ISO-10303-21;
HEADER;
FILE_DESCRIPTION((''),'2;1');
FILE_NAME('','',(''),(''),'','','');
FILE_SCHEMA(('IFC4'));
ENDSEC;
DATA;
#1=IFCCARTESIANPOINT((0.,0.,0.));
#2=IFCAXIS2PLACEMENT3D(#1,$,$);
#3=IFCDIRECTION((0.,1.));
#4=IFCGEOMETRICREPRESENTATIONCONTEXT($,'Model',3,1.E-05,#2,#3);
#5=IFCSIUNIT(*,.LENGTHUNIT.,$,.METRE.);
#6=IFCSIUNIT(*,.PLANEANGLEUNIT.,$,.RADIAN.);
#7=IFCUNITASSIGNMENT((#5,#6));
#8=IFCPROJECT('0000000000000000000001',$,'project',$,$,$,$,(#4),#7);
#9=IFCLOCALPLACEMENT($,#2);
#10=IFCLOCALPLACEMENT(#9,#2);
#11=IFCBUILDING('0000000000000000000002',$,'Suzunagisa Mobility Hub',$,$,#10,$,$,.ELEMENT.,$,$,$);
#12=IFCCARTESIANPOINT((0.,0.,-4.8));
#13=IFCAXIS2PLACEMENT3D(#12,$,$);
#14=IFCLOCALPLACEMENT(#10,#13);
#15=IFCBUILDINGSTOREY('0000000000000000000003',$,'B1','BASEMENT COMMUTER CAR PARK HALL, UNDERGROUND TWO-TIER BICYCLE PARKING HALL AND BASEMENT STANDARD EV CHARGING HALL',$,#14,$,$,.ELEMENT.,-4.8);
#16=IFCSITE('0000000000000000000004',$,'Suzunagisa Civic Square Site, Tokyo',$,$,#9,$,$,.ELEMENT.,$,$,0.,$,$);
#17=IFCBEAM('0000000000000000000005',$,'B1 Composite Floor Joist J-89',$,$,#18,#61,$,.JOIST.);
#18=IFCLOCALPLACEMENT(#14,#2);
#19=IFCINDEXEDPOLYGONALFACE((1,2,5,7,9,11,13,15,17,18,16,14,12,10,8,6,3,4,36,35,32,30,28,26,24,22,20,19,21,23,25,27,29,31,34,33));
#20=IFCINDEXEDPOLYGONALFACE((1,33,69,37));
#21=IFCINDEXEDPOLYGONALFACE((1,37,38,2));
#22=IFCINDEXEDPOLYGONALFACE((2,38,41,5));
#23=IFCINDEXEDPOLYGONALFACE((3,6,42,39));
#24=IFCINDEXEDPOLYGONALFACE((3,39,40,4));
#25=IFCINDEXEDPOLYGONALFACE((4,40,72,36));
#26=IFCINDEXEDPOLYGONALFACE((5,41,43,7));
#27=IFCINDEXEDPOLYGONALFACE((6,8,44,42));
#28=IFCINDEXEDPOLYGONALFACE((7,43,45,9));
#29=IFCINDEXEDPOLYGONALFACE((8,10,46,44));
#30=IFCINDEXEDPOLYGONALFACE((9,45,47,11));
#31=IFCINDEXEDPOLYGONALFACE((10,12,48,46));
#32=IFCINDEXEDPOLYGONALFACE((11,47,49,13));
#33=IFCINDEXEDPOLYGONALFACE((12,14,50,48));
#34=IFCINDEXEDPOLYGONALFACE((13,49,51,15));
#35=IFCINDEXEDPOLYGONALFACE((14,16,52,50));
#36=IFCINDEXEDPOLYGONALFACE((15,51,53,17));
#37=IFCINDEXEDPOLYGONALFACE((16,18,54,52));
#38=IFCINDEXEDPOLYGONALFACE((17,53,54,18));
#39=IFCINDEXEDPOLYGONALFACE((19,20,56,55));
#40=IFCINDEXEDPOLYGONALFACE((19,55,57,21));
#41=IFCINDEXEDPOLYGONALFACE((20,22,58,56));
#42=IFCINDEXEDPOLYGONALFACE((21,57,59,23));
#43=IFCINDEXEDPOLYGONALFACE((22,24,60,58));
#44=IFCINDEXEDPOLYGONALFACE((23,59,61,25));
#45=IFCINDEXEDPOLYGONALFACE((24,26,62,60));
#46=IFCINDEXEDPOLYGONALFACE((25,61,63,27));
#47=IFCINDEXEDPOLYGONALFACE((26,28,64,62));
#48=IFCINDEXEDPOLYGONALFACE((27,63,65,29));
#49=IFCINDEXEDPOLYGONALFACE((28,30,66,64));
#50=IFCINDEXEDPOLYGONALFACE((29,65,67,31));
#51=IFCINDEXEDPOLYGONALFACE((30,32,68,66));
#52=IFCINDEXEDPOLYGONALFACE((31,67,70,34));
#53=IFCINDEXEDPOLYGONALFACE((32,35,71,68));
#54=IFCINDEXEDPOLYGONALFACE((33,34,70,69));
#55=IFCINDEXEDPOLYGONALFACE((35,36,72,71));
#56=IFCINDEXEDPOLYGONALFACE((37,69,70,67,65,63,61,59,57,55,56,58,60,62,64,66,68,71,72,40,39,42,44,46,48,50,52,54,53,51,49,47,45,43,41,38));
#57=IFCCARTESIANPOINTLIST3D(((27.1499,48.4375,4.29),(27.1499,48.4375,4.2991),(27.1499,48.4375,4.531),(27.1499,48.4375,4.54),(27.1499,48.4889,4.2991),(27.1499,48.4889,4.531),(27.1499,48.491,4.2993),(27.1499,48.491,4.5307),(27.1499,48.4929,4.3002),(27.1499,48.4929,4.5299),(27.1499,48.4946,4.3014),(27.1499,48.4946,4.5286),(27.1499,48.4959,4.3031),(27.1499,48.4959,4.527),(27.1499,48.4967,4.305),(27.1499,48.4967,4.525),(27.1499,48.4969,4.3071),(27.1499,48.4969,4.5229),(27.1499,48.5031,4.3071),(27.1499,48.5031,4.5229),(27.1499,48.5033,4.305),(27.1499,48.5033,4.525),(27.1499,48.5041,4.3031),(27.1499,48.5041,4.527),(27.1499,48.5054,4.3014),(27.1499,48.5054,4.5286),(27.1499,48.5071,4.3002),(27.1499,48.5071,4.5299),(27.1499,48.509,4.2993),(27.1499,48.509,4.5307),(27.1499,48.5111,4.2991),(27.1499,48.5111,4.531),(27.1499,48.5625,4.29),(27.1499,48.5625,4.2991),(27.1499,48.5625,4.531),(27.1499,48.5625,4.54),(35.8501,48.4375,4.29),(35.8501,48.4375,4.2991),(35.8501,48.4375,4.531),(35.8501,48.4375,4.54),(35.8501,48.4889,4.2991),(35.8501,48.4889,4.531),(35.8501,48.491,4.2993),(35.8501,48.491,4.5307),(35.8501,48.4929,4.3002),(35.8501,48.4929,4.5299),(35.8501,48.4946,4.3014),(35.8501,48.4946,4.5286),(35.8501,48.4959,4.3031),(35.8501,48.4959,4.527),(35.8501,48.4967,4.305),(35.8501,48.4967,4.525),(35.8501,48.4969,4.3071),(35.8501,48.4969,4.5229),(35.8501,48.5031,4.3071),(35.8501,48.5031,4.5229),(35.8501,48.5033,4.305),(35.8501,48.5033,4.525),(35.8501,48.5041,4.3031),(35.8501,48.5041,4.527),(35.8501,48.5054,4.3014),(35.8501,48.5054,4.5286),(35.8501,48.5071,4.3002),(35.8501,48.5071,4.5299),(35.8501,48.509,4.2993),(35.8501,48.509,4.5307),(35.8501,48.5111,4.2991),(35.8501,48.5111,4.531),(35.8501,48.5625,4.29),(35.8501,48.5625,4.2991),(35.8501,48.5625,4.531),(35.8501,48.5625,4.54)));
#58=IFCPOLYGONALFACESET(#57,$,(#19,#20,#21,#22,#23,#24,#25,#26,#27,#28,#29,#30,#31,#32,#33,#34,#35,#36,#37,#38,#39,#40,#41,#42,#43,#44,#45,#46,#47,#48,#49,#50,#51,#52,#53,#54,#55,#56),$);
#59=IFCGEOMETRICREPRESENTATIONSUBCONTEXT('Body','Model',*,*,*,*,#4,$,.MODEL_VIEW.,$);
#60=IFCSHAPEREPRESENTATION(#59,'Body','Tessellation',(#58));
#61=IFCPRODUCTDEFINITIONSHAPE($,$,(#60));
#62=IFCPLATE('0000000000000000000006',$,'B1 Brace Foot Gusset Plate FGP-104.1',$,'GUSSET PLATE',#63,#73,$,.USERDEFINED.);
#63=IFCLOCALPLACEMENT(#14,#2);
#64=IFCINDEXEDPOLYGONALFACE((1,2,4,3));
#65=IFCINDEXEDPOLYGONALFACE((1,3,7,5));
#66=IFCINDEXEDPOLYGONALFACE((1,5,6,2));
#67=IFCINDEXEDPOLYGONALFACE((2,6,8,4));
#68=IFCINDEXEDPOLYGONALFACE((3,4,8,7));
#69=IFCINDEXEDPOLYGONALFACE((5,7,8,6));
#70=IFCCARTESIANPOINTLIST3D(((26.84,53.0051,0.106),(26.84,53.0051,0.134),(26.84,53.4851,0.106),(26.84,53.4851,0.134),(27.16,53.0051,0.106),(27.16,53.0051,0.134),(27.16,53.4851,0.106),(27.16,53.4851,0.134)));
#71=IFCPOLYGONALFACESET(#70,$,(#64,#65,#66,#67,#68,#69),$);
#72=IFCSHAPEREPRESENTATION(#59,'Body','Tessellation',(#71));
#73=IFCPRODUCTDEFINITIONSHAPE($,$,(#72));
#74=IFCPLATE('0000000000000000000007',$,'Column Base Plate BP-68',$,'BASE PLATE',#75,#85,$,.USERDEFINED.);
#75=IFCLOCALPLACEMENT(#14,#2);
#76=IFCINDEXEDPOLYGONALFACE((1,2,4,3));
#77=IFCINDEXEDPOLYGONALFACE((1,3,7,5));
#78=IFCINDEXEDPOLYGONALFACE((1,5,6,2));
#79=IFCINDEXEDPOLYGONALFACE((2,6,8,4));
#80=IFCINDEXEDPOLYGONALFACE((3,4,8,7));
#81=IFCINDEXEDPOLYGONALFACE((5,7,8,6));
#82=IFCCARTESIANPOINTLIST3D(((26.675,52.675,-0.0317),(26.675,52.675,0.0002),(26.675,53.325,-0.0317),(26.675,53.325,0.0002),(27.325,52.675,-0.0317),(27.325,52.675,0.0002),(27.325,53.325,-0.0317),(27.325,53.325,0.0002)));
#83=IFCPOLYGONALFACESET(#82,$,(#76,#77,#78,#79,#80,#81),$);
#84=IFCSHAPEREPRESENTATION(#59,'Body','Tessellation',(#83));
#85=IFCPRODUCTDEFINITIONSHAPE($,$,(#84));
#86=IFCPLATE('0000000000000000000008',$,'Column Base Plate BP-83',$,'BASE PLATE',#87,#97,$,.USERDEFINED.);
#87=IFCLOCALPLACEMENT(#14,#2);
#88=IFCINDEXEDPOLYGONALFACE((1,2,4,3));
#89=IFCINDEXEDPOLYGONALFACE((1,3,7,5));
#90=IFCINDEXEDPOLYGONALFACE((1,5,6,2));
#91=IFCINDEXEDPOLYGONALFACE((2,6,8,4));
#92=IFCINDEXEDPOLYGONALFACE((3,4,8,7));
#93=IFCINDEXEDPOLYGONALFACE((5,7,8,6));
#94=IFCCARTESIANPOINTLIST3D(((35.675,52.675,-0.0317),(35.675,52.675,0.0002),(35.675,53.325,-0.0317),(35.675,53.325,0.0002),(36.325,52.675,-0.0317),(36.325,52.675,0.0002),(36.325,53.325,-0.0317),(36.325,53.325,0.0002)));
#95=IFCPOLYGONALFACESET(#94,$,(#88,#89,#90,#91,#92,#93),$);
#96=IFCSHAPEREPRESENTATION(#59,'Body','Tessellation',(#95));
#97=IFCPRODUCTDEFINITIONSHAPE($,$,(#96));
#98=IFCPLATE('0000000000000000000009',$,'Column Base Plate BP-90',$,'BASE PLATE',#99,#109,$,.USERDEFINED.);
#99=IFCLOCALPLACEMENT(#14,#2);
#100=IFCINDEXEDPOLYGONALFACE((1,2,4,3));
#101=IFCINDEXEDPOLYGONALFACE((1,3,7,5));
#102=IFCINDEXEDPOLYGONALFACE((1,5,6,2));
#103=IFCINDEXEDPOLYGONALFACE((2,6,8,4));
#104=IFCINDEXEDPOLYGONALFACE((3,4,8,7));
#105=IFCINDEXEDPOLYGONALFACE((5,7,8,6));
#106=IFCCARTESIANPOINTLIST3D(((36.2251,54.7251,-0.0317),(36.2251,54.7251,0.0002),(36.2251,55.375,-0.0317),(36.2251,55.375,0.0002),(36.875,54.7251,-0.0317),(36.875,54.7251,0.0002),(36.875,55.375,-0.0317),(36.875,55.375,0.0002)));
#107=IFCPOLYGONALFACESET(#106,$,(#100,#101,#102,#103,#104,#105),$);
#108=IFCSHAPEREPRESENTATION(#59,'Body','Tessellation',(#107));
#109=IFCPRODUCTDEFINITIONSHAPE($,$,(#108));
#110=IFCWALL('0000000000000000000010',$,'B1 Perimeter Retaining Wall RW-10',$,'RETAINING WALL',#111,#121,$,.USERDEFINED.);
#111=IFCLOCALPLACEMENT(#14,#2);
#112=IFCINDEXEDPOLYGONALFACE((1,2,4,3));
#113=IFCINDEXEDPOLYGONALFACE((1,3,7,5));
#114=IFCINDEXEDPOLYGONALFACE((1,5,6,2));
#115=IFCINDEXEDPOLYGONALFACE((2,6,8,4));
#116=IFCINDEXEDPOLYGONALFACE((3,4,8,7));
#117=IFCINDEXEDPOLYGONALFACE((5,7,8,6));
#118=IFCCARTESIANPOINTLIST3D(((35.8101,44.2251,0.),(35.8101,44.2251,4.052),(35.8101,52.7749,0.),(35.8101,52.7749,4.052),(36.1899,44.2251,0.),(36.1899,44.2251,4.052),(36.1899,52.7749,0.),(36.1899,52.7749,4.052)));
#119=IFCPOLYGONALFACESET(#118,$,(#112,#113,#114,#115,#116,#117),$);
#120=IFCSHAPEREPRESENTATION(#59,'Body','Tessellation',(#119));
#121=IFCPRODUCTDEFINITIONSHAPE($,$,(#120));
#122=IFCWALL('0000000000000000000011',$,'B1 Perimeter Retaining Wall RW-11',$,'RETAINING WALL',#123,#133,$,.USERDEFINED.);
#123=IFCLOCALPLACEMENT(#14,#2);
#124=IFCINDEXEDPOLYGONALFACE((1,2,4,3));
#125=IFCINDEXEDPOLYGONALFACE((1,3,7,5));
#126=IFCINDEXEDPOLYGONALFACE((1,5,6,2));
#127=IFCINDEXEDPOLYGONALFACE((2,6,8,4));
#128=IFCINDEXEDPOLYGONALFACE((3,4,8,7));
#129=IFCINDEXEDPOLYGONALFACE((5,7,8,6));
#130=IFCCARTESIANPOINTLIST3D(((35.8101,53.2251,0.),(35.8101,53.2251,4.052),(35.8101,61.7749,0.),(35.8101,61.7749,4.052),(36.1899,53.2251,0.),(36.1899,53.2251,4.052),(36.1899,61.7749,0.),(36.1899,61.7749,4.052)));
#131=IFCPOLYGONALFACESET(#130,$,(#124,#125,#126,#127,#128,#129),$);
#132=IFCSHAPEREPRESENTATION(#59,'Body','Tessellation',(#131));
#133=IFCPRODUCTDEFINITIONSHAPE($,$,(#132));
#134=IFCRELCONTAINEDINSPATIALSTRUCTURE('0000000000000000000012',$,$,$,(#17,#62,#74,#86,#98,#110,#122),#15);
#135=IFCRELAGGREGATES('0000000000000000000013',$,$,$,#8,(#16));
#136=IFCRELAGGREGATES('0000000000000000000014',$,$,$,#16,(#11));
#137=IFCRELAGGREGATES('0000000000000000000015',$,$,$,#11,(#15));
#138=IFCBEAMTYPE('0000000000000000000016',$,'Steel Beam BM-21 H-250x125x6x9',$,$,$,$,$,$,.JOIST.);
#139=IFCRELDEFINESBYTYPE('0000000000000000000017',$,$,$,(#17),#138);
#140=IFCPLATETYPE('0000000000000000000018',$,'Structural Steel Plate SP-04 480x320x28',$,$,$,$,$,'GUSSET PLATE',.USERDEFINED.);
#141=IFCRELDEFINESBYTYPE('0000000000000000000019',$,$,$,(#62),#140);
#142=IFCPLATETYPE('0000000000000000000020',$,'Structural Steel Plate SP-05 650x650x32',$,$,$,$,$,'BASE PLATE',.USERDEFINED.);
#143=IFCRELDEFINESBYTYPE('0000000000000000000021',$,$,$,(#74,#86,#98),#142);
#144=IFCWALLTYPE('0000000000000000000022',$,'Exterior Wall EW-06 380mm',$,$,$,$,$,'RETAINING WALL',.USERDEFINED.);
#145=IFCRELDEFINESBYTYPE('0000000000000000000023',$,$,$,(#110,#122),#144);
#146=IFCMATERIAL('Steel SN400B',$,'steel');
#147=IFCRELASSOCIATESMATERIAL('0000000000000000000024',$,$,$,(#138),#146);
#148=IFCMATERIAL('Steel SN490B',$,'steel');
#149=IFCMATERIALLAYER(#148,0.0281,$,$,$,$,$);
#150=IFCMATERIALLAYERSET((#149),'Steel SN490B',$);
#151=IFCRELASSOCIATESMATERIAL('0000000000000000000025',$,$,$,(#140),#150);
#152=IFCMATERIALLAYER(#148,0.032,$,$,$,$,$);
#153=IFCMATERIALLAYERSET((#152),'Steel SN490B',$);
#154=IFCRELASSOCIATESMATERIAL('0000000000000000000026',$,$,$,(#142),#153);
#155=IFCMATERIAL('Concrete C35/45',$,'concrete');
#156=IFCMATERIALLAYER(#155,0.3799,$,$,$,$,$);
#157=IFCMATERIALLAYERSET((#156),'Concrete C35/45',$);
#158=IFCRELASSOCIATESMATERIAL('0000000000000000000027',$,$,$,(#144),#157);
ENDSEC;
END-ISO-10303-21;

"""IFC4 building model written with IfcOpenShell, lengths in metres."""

from ifc_helpers import new_model, si_unit, direction, frame, frame_2d, origin, origin_2d, place, context, subcontext, project, spatial, rectangle, i_section, extrude, material, layer, layer_set, material_profile, profile_set, type_object, element, save


model = new_model("IFC4")

# Units and contexts
model_context = context("Model", 3, precision=1e-05, world=origin(), true_north=direction((0.0, 1.0)))
body_context = subcontext(model_context, "Body", "Model", "MODEL_VIEW")
ifc_project = project(units=[si_unit("LENGTHUNIT", "METRE"), si_unit("PLANEANGLEUNIT", "RADIAN")], contexts=[model_context])

# Site, building, storey
site_placement = place(None, origin())
site = spatial("IfcSite", under=ifc_project, at=site_placement, Name="Suzunagisa Civic Square Site, Tokyo", CompositionType="ELEMENT", RefElevation=0.0)
building_placement = place(site_placement, origin())
building = spatial("IfcBuilding", under=site, at=building_placement, Name="Suzunagisa Mobility Hub", CompositionType="ELEMENT")
storey_placement = place(building_placement, frame((0.0, 0.0, -4.8)))
storey = spatial("IfcBuildingStorey", under=building, at=storey_placement, Name="B1", Description="BASEMENT COMMUTER CAR PARK HALL, UNDERGROUND TWO-TIER BICYCLE PARKING HALL AND BASEMENT STANDARD EV CHARGING HALL", CompositionType="ELEMENT", Elevation=-4.8)

# Shared definitions
ifc_material_1 = material(Name="Concrete C35/45", Category="concrete")

# Shared definitions
ifc_material_2 = material(Name="Steel SN490B", Category="steel")

# Beam
ifc_material_3 = material(Name="Steel SN400B", Category="steel")
ifc_material_profile_1 = material_profile(ifc_material_3, i_section(OverallWidth=0.125, OverallDepth=0.25, WebThickness=0.0061, FlangeThickness=0.009, FilletRadius=0.0081, at=origin_2d()), Name="H-250x125x6x9")
ifc_profile_set_1 = profile_set([ifc_material_profile_1], Name="Steel SN400B")
beam_type_1 = type_object("IfcBeamType", Name="Steel Beam BM-21 H-250x125x6x9", PredefinedType="JOIST", material=ifc_profile_set_1)
beam_1_placement = place(storey_placement, frame((27.1499, 48.5, 4.415), z_axis=(1.0, 0.0, 0.0), x_axis=(0.0, 1.0, 0.0)))
element("IfcBeam", 1, at=beam_1_placement, inside=storey, type_object=beam_type_1, Name="B1 Composite Floor Joist J-89", PredefinedType="JOIST", context=body_context, shape_type="SweptSolid", body=[
    extrude(i_section(OverallWidth=0.125, OverallDepth=0.25, WebThickness=0.0061, FlangeThickness=0.009, FilletRadius=0.0081, at=origin_2d()), origin(), (0.0, 0.0, 1.0), 8.7002),
])

# Plates
ifc_layer_1 = layer(ifc_material_2, 0.0281)
ifc_layer_set_1 = layer_set([ifc_layer_1], Name="Steel SN490B")
plate_type_1 = type_object("IfcPlateType", Name="Structural Steel Plate SP-04 480x320x28", ElementType="GUSSET PLATE", PredefinedType="USERDEFINED", material=ifc_layer_set_1)
plate_placement = place(storey_placement, frame((27.0, 53.2451, 0.106), z_axis=(0.0, 0.0, 1.0), x_axis=(1.0, 0.0, 0.0)))
element("IfcPlate", 2, at=plate_placement, inside=storey, type_object=plate_type_1, Name="B1 Brace Foot Gusset Plate FGP-104.1", ObjectType="GUSSET PLATE", PredefinedType="USERDEFINED", context=body_context, shape_type="SweptSolid", body=[
    extrude(rectangle(XDim=0.3201, YDim=0.48, at=origin_2d()), origin(), (0.0, 0.0, 1.0), 0.0281),
])
ifc_layer_2 = layer(ifc_material_2, 0.032)
ifc_layer_set_2 = layer_set([ifc_layer_2], Name="Steel SN490B")
plate_type_2 = type_object("IfcPlateType", Name="Structural Steel Plate SP-05 650x650x32", ElementType="BASE PLATE", PredefinedType="USERDEFINED", material=ifc_layer_set_2)
for number, where, z_axis, x_axis, name in (
    (3, (27.0, 53.0, -0.0317), (0.0, 0.0, 1.0), (1.0, 0.0, 0.0), "Column Base Plate BP-68"),
    (4, (36.0, 53.0, -0.0317), (0.0, 0.0, 1.0), (1.0, 0.0, 0.0), "Column Base Plate BP-83"),
    (5, (36.55, 55.05, -0.0317), (0.0, 0.0, 1.0), (1.0, 0.0, 0.0), "Column Base Plate BP-90"),
):
    element("IfcPlate", number, at=place(storey_placement, frame(where, z_axis=z_axis, x_axis=x_axis)), inside=storey, type_object=plate_type_2, Name=name, ObjectType="BASE PLATE", PredefinedType="USERDEFINED", context=body_context, shape_type="SweptSolid", body=[
        extrude(rectangle(XDim=0.6499, YDim=0.6499, at=origin_2d()), origin(), (0.0, 0.0, 1.0), 0.032),
    ])

# Walls
ifc_layer_3 = layer(ifc_material_1, 0.3799)
ifc_layer_set_3 = layer_set([ifc_layer_3], Name="Concrete C35/45")
wall_type = type_object("IfcWallType", Name="Exterior Wall EW-06 380mm", ElementType="RETAINING WALL", PredefinedType="USERDEFINED", material=ifc_layer_set_3)
for number, where, z_axis, x_axis, name in (
    (6, (36.0, 44.2251, 0.0), (0.0, 0.0, 1.0), (0.0, 1.0, 0.0), "B1 Perimeter Retaining Wall RW-10"),
    (7, (36.0, 53.2251, 0.0), (0.0, 0.0, 1.0), (0.0, 1.0, 0.0), "B1 Perimeter Retaining Wall RW-11"),
):
    element("IfcWall", number, at=place(storey_placement, frame(where, z_axis=z_axis, x_axis=x_axis)), inside=storey, type_object=wall_type, Name=name, ObjectType="RETAINING WALL", PredefinedType="USERDEFINED", context=body_context, shape_type="SweptSolid", body=[
        extrude(rectangle(XDim=8.5498, YDim=0.3799, at=frame_2d((4.2749, 0.0))), origin(), (0.0, 0.0, 1.0), 4.052),
    ])

save(model, "model.ifc")
